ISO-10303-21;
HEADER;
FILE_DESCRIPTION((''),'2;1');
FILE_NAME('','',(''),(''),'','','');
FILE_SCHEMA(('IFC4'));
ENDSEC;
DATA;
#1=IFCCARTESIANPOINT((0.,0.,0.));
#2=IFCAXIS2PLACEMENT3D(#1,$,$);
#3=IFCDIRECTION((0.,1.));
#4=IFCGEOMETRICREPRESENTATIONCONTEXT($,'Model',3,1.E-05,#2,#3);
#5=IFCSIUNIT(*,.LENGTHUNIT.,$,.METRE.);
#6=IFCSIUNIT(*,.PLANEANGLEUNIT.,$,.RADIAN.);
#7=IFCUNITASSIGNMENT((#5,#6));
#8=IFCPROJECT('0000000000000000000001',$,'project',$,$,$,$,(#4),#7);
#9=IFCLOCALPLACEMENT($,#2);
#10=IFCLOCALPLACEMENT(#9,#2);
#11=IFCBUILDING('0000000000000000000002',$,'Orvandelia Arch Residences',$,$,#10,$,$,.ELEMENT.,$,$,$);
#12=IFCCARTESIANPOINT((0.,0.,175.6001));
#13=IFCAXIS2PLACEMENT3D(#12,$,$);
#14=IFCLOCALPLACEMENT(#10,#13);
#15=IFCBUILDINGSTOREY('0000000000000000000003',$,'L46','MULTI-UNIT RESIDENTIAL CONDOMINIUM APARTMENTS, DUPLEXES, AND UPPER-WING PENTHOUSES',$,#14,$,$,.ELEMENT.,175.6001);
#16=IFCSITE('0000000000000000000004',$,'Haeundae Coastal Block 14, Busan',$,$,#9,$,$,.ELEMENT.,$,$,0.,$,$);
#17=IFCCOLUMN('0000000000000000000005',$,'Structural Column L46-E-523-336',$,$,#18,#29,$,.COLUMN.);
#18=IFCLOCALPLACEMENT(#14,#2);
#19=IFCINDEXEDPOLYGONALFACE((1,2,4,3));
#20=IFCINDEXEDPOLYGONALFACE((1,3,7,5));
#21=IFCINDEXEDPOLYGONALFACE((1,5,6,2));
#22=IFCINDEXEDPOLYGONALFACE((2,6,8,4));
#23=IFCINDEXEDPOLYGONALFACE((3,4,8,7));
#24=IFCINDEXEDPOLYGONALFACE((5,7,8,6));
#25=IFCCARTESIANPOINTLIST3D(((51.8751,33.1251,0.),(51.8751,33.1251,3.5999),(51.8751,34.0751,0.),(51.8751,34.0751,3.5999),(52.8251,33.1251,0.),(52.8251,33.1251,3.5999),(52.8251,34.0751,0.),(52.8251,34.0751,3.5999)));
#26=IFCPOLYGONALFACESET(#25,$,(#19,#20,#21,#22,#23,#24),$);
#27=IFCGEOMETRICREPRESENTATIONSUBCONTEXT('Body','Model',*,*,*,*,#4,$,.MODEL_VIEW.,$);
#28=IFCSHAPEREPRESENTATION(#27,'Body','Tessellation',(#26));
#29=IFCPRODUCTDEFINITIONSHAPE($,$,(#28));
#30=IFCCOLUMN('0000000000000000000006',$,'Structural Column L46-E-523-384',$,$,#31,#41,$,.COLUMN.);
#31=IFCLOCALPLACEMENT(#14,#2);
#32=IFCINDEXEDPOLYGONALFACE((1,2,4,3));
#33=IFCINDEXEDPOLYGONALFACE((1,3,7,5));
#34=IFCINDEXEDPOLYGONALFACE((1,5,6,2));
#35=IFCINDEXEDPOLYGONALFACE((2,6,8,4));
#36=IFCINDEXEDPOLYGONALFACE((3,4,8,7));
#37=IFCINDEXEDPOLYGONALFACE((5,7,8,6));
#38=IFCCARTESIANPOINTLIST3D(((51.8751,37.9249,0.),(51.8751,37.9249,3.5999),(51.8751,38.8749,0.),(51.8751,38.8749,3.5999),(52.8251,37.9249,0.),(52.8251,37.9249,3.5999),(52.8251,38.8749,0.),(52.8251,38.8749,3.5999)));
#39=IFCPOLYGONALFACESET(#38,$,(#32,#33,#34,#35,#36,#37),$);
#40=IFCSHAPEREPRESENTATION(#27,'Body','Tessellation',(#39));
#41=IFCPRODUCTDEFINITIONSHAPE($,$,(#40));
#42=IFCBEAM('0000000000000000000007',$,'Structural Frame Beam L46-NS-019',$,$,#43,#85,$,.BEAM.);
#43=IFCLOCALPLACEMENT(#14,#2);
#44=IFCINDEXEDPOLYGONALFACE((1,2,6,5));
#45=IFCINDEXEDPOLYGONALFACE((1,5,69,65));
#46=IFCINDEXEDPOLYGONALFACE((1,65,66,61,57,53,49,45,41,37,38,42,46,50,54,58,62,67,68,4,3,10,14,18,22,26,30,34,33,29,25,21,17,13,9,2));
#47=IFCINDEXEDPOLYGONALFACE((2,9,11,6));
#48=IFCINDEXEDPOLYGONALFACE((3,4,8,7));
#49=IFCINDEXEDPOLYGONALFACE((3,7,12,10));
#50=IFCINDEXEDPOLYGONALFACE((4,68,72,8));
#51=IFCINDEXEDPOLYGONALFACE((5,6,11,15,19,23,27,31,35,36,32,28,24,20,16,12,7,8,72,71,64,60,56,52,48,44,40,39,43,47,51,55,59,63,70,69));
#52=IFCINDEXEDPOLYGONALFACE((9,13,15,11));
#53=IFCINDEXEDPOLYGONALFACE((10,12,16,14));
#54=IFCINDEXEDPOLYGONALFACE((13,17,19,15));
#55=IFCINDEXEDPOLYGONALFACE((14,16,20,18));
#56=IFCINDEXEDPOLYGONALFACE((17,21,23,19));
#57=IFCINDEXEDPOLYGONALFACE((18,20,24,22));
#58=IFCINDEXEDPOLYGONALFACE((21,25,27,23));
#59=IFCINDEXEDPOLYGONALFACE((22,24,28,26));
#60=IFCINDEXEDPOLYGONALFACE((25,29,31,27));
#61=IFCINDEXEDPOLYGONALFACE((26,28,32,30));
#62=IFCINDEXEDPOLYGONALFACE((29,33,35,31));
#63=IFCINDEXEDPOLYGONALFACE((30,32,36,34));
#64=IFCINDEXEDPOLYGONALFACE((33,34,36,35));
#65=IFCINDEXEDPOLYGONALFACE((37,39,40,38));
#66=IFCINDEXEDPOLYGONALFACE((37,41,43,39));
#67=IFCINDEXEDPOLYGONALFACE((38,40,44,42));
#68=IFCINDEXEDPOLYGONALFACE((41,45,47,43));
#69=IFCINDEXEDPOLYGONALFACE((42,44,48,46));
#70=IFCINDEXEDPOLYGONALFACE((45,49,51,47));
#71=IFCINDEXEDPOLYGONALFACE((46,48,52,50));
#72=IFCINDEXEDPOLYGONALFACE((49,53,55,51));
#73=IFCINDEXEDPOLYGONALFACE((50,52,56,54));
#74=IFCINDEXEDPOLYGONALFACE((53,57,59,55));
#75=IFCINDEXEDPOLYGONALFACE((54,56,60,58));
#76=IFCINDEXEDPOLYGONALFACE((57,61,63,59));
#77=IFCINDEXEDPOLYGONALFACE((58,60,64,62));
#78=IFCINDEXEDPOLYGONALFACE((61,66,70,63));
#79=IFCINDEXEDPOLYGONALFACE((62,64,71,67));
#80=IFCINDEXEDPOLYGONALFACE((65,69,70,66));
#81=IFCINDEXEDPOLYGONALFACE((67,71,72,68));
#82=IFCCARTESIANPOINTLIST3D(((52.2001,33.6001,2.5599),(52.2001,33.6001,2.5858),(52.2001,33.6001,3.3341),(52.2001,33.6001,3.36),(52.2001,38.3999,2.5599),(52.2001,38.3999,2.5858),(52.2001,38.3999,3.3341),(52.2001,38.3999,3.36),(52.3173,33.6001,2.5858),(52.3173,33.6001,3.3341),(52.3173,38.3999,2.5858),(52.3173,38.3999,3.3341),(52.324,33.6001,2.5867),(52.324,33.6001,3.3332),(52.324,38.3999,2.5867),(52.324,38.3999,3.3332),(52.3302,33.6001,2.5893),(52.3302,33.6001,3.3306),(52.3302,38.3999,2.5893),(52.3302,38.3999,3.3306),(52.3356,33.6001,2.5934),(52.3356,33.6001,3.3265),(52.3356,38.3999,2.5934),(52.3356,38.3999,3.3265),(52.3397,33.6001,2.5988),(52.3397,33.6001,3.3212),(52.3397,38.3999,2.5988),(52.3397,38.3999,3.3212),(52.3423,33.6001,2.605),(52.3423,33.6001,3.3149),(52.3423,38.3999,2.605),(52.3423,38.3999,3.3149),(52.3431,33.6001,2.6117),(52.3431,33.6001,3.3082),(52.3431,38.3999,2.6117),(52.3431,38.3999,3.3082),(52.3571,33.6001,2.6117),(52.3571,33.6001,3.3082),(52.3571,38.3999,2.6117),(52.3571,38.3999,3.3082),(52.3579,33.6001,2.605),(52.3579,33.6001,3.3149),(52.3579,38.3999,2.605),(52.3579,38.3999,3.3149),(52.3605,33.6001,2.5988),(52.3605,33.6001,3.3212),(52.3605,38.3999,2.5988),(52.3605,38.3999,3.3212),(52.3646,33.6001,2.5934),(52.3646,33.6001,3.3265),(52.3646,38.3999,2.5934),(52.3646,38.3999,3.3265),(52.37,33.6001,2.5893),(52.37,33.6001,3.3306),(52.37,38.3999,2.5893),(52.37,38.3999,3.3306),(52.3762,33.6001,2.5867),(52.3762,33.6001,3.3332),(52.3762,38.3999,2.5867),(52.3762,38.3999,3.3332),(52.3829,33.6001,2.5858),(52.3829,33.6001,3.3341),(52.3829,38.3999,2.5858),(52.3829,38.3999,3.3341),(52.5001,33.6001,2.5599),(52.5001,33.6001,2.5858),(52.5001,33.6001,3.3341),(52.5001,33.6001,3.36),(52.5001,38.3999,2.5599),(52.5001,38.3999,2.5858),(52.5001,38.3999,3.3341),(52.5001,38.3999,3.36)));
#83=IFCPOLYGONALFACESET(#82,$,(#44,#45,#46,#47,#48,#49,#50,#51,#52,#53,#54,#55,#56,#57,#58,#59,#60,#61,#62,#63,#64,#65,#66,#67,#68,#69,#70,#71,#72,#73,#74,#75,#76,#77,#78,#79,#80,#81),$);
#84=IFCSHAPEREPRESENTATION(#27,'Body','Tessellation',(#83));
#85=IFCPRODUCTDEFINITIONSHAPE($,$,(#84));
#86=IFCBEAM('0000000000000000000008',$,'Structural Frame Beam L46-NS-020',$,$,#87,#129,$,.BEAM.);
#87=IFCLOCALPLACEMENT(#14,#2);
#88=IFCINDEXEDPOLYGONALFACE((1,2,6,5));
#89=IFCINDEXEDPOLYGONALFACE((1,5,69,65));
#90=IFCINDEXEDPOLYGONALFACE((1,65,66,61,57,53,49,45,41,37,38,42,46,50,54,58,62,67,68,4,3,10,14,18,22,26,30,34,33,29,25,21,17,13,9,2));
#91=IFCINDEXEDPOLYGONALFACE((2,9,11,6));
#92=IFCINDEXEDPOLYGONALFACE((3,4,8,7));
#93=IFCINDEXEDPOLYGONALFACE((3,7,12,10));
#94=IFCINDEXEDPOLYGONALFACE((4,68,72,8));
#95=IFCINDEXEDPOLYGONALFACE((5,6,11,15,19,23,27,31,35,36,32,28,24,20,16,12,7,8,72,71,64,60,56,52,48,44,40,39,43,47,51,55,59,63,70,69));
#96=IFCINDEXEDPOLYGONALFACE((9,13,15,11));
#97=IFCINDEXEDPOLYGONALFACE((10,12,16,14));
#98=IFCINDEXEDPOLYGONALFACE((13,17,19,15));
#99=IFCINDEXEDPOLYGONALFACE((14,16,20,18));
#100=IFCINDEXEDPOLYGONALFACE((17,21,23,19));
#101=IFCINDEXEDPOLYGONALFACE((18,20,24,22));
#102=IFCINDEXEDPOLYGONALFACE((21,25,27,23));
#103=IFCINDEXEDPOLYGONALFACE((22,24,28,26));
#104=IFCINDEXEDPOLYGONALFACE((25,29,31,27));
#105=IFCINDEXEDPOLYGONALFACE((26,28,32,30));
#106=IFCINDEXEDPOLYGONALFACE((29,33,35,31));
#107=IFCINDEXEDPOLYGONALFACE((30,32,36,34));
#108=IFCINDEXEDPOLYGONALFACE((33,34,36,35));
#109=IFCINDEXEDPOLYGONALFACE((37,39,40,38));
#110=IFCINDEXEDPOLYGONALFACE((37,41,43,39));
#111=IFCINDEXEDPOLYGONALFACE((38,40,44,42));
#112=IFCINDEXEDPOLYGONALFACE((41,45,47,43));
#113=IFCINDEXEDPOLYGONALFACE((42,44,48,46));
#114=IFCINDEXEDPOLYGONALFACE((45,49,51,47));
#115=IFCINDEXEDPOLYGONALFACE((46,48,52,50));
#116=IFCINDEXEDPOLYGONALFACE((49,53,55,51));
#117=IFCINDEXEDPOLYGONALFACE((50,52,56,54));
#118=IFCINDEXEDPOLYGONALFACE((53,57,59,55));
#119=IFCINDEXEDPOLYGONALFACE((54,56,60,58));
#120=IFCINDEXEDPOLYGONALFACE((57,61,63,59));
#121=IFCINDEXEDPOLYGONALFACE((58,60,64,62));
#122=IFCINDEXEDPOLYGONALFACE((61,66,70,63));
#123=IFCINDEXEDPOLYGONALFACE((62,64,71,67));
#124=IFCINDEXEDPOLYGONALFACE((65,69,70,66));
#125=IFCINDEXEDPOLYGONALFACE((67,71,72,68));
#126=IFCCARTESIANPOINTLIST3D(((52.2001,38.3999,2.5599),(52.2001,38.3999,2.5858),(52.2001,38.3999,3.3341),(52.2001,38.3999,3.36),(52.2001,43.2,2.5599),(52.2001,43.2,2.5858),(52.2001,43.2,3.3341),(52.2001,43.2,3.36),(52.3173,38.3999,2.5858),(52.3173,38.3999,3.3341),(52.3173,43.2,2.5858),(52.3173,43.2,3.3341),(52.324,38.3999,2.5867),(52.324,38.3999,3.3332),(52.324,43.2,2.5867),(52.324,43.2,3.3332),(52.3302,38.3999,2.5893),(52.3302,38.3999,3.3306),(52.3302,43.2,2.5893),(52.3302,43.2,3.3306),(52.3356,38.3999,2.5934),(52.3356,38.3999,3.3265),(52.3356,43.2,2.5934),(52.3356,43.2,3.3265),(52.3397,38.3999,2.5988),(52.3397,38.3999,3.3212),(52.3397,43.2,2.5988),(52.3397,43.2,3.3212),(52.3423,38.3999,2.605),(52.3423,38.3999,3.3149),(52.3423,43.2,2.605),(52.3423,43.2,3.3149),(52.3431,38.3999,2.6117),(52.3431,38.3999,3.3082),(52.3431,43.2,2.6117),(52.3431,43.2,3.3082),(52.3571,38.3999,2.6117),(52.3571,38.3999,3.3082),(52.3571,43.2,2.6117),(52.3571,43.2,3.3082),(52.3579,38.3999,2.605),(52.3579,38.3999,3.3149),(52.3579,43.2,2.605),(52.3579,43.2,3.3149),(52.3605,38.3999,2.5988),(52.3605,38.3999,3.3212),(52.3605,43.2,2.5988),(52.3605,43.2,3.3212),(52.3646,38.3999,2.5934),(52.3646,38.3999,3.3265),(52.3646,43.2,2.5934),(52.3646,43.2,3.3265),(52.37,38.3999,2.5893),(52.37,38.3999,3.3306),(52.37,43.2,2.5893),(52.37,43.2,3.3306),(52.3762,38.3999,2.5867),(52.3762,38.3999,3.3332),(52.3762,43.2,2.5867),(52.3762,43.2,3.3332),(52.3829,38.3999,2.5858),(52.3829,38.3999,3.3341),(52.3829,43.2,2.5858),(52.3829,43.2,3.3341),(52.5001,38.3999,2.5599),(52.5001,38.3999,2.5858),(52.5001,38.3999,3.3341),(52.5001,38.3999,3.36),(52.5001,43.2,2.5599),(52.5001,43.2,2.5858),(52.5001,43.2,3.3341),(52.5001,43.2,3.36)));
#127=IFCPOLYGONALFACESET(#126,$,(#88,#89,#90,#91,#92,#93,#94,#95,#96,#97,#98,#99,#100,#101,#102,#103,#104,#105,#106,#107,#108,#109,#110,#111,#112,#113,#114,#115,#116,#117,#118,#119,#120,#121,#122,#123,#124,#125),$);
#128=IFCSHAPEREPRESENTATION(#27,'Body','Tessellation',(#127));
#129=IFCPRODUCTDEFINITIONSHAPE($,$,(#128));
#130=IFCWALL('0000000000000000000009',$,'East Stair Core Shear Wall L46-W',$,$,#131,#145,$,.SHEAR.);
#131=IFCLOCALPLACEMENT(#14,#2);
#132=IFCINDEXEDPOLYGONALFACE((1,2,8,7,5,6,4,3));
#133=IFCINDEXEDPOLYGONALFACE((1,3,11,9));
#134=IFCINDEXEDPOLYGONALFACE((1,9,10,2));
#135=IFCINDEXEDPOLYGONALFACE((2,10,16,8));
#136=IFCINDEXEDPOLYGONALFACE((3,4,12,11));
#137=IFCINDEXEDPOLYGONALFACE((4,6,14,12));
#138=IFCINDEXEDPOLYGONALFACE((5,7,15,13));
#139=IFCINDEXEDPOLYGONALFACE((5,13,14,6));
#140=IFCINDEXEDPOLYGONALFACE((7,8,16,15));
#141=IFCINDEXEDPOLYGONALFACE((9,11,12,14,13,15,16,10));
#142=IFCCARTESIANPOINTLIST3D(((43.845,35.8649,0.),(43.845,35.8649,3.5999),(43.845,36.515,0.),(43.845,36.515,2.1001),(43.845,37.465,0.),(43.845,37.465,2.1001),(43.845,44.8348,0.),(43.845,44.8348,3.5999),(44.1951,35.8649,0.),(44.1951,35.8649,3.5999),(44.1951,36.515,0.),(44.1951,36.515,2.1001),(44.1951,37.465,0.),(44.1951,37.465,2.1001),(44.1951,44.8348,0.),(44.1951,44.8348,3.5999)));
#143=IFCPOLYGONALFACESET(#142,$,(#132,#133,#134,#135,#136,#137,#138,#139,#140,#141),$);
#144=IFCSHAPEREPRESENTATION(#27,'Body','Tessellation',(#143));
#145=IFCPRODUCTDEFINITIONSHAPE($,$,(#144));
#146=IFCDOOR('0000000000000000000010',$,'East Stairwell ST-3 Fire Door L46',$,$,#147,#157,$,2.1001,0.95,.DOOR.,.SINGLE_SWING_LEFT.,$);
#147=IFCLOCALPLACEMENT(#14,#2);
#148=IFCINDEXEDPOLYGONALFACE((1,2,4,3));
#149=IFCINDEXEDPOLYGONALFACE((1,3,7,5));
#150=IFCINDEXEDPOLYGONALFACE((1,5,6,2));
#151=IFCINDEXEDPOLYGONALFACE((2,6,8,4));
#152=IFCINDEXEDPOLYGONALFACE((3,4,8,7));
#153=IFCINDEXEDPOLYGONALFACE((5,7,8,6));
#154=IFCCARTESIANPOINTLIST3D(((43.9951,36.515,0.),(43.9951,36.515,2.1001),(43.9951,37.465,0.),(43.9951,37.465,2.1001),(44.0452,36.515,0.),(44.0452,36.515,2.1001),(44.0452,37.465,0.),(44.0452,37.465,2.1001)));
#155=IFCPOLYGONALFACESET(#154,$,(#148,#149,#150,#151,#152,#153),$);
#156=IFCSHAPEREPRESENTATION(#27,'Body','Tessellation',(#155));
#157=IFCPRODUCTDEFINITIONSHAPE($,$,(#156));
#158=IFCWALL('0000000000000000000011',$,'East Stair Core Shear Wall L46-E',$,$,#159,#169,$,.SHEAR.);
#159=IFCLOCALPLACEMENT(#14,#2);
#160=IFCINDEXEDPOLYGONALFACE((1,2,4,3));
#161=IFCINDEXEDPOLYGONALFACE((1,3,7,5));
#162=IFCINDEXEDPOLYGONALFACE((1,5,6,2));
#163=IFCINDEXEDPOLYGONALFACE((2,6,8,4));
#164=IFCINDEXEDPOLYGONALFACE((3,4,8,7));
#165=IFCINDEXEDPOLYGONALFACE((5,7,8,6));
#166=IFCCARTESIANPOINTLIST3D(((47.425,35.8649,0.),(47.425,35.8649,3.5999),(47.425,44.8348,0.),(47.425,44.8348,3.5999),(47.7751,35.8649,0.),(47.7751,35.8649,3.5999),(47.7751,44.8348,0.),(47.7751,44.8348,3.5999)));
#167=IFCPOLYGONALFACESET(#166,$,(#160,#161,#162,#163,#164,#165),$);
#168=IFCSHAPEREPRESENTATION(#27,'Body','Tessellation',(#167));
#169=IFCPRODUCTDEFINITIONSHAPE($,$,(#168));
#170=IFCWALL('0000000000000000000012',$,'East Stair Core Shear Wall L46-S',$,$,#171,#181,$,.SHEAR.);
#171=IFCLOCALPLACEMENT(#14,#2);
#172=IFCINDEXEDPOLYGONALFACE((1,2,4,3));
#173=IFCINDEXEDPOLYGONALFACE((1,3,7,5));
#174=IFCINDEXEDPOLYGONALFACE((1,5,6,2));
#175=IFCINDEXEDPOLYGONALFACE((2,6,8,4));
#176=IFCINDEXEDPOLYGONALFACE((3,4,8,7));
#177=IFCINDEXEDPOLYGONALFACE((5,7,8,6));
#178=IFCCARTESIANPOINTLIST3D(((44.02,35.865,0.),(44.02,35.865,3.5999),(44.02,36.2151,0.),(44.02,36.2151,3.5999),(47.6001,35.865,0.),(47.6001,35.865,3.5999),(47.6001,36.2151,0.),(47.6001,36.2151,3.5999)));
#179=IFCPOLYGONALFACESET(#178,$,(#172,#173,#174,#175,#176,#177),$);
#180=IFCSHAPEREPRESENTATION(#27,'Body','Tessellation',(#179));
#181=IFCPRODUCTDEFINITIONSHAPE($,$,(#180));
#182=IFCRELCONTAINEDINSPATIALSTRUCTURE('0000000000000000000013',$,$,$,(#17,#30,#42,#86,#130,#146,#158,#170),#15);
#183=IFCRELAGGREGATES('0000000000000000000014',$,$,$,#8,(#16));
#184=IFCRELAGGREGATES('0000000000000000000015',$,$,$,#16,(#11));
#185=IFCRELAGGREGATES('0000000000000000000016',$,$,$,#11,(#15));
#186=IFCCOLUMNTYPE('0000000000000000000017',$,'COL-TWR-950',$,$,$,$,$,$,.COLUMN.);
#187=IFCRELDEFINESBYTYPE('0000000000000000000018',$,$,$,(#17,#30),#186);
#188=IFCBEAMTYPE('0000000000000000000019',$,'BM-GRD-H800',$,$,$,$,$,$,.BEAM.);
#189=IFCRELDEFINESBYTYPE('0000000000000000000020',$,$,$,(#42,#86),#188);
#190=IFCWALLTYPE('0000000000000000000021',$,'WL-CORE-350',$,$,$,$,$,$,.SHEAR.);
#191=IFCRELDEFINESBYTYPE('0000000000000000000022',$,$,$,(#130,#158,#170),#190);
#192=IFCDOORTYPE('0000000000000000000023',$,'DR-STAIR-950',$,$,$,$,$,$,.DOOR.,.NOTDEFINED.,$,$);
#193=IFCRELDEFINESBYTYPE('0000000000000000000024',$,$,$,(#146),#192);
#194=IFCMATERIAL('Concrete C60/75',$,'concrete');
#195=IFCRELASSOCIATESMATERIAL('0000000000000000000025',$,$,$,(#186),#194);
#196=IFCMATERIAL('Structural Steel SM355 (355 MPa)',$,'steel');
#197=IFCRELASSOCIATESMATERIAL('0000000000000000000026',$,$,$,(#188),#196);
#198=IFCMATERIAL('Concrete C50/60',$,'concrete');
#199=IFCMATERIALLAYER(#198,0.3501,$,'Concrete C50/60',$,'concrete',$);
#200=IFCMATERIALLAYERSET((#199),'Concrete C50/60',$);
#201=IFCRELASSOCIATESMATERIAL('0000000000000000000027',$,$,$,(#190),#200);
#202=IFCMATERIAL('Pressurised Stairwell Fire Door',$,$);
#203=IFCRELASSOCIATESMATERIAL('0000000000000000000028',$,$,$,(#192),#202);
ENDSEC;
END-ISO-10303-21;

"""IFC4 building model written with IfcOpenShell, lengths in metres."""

from ifc_helpers import new_model, si_unit, direction, frame, frame_2d, origin, origin_2d, place, context, subcontext, project, spatial, rectangle, i_section, extrude, material, layer, layer_set, material_profile, profile_set, type_object, element, fill, save


model = new_model("IFC4")

# Units and contexts
model_context = context("Model", 3, precision=1e-05, world=origin(), true_north=direction((0.0, 1.0)))
body_context = subcontext(model_context, "Body", "Model", "MODEL_VIEW")
ifc_project = project(units=[si_unit("LENGTHUNIT", "METRE"), si_unit("PLANEANGLEUNIT", "RADIAN")], contexts=[model_context])

# Site, building, storey
site_placement = place(None, origin())
site = spatial("IfcSite", under=ifc_project, at=site_placement, Name="Haeundae Coastal Block 14, Busan", CompositionType="ELEMENT", RefElevation=0.0)
building_placement = place(site_placement, origin())
building = spatial("IfcBuilding", under=site, at=building_placement, Name="Orvandelia Arch Residences", CompositionType="ELEMENT")
storey_placement = place(building_placement, frame((0.0, 0.0, 175.6001)))
storey = spatial("IfcBuildingStorey", under=building, at=storey_placement, Name="L46", Description="MULTI-UNIT RESIDENTIAL CONDOMINIUM APARTMENTS, DUPLEXES, AND UPPER-WING PENTHOUSES", CompositionType="ELEMENT", Elevation=175.6001)

# Columns
ifc_material_1 = material(Name="Concrete C60/75", Category="concrete")
ifc_material_profile_1 = material_profile(ifc_material_1, rectangle(XDim=0.95, YDim=0.95, at=origin_2d()), Name="Concrete C60/75", Category="concrete")
ifc_profile_set_1 = profile_set([ifc_material_profile_1], Name="Concrete C60/75")
column_type = type_object("IfcColumnType", Name="COL-TWR-950", PredefinedType="COLUMN", material=ifc_profile_set_1)
for number, where, z_axis, x_axis, name in (
    (1, (52.3501, 33.6001, 0.0), (0.0, 0.0, 1.0), (1.0, 0.0, 0.0), "Structural Column L46-E-523-336"),
    (2, (52.3501, 38.3999, 0.0), (0.0, 0.0, 1.0), (1.0, 0.0, 0.0), "Structural Column L46-E-523-384"),
):
    element("IfcColumn", number, at=place(storey_placement, frame(where, z_axis=z_axis, x_axis=x_axis)), inside=storey, type_object=column_type, Name=name, PredefinedType="COLUMN", context=body_context, shape_type="SweptSolid", body=[
        extrude(rectangle(XDim=0.95, YDim=0.95, at=origin_2d()), origin(), (0.0, 0.0, 1.0), 3.5999),
    ])

# Beams
ifc_material_2 = material(Name="Structural Steel SM355 (355 MPa)", Category="steel")
ifc_material_profile_2 = material_profile(ifc_material_2, i_section(OverallWidth=0.3, OverallDepth=0.8, WebThickness=0.0139, FlangeThickness=0.0259, FilletRadius=0.0259, at=origin_2d()), Name="Structural Steel SM355 (355 MPa)", Category="steel")
ifc_profile_set_2 = profile_set([ifc_material_profile_2], Name="Structural Steel SM355 (355 MPa)")
beam_type = type_object("IfcBeamType", Name="BM-GRD-H800", PredefinedType="BEAM", material=ifc_profile_set_2)
beam_1_placement = place(storey_placement, frame((52.3501, 33.6001, 2.96), z_axis=(0.0, 1.0, 0.0), x_axis=(-1.0, 0.0, 0.0)))
element("IfcBeam", 3, at=beam_1_placement, inside=storey, type_object=beam_type, Name="Structural Frame Beam L46-NS-019", PredefinedType="BEAM", context=body_context, shape_type="SweptSolid", body=[
    extrude(i_section(OverallWidth=0.3, OverallDepth=0.8, WebThickness=0.0139, FlangeThickness=0.0259, FilletRadius=0.0259, at=origin_2d()), origin(), (0.0, 0.0, 1.0), 4.7998),
])
beam_2_placement = place(storey_placement, frame((52.3501, 38.3999, 2.96), z_axis=(0.0, 1.0, 0.0), x_axis=(-1.0, 0.0, 0.0)))
element("IfcBeam", 4, at=beam_2_placement, inside=storey, type_object=beam_type, Name="Structural Frame Beam L46-NS-020", PredefinedType="BEAM", context=body_context, shape_type="SweptSolid", body=[
    extrude(i_section(OverallWidth=0.3, OverallDepth=0.8, WebThickness=0.0139, FlangeThickness=0.0259, FilletRadius=0.0259, at=origin_2d()), origin(), (0.0, 0.0, 1.0), 4.8),
])

# Wall, opening, door
ifc_material_3 = material(Name="Concrete C50/60", Category="concrete")
ifc_layer_1 = layer(ifc_material_3, 0.3501, Name="Concrete C50/60", Category="concrete")
ifc_layer_set_1 = layer_set([ifc_layer_1], Name="Concrete C50/60")
wall_type_1 = type_object("IfcWallType", Name="WL-CORE-350", PredefinedType="SHEAR", material=ifc_layer_set_1)
wall_1_placement = place(storey_placement, frame((44.02, 35.865, 0.0), z_axis=(0.0, 0.0, 1.0), x_axis=(0.0, 1.0, 0.0)))
wall_1 = element("IfcWall", 5, at=wall_1_placement, inside=storey, type_object=wall_type_1, Name="East Stair Core Shear Wall L46-W", PredefinedType="SHEAR", context=body_context, shape_type="SweptSolid", body=[
    extrude(rectangle(XDim=8.97, YDim=0.3501, at=frame_2d((4.4849, 0.0))), origin(), (0.0, 0.0, 1.0), 3.5999),
])
opening_placement = place(wall_1_placement, frame((0.6499, 0.0, 0.0)))
opening = element("IfcOpeningElement", 6, at=opening_placement, cuts=wall_1, PredefinedType="OPENING", context=body_context, shape_type="SweptSolid", body=[
    extrude(rectangle(XDim=0.95, YDim=2.1001, at=frame_2d((0.4751, 1.05))), frame((0.0, 0.1851, 0.0), z_axis=(0.0, -1.0, 0.0), x_axis=(1.0, 0.0, 0.0)), (0.0, 0.0, 1.0), 0.3701),
])
ifc_material_4 = material(Name="Pressurised Stairwell Fire Door")
door_type = type_object("IfcDoorType", Name="DR-STAIR-950", OperationType="NOTDEFINED", PredefinedType="DOOR", material=ifc_material_4)
door_placement = place(opening_placement, origin())
door = element("IfcDoor", 7, at=door_placement, inside=storey, type_object=door_type, Name="East Stairwell ST-3 Fire Door L46", OperationType="SINGLE_SWING_LEFT", OverallHeight=2.1001, OverallWidth=0.95, PredefinedType="DOOR", context=body_context, shape_type="SweptSolid", body=[
    extrude(rectangle(XDim=0.95, YDim=2.1001, at=frame_2d((0.4751, 1.05))), frame((0.0, 0.0249, 0.0), z_axis=(0.0, -1.0, 0.0), x_axis=(1.0, 0.0, 0.0)), (0.0, 0.0, 1.0), 0.05),
])
fill(opening, door)

# Walls
wall_2_placement = place(storey_placement, frame((47.6001, 35.865, 0.0), z_axis=(0.0, 0.0, 1.0), x_axis=(0.0, 1.0, 0.0)))
element("IfcWall", 8, at=wall_2_placement, inside=storey, type_object=wall_type_1, Name="East Stair Core Shear Wall L46-E", PredefinedType="SHEAR", context=body_context, shape_type="SweptSolid", body=[
    extrude(rectangle(XDim=8.97, YDim=0.3501, at=frame_2d((4.4849, 0.0))), origin(), (0.0, 0.0, 1.0), 3.5999),
])
wall_3_placement = place(storey_placement, frame((44.02, 36.04, 0.0), z_axis=(0.0, 0.0, 1.0), x_axis=(1.0, 0.0, 0.0)))
element("IfcWall", 9, at=wall_3_placement, inside=storey, type_object=wall_type_1, Name="East Stair Core Shear Wall L46-S", PredefinedType="SHEAR", context=body_context, shape_type="SweptSolid", body=[
    extrude(rectangle(XDim=3.5801, YDim=0.3501, at=frame_2d((1.79, 0.0))), origin(), (0.0, 0.0, 1.0), 3.5999),
])

save(model, "model.ifc")
